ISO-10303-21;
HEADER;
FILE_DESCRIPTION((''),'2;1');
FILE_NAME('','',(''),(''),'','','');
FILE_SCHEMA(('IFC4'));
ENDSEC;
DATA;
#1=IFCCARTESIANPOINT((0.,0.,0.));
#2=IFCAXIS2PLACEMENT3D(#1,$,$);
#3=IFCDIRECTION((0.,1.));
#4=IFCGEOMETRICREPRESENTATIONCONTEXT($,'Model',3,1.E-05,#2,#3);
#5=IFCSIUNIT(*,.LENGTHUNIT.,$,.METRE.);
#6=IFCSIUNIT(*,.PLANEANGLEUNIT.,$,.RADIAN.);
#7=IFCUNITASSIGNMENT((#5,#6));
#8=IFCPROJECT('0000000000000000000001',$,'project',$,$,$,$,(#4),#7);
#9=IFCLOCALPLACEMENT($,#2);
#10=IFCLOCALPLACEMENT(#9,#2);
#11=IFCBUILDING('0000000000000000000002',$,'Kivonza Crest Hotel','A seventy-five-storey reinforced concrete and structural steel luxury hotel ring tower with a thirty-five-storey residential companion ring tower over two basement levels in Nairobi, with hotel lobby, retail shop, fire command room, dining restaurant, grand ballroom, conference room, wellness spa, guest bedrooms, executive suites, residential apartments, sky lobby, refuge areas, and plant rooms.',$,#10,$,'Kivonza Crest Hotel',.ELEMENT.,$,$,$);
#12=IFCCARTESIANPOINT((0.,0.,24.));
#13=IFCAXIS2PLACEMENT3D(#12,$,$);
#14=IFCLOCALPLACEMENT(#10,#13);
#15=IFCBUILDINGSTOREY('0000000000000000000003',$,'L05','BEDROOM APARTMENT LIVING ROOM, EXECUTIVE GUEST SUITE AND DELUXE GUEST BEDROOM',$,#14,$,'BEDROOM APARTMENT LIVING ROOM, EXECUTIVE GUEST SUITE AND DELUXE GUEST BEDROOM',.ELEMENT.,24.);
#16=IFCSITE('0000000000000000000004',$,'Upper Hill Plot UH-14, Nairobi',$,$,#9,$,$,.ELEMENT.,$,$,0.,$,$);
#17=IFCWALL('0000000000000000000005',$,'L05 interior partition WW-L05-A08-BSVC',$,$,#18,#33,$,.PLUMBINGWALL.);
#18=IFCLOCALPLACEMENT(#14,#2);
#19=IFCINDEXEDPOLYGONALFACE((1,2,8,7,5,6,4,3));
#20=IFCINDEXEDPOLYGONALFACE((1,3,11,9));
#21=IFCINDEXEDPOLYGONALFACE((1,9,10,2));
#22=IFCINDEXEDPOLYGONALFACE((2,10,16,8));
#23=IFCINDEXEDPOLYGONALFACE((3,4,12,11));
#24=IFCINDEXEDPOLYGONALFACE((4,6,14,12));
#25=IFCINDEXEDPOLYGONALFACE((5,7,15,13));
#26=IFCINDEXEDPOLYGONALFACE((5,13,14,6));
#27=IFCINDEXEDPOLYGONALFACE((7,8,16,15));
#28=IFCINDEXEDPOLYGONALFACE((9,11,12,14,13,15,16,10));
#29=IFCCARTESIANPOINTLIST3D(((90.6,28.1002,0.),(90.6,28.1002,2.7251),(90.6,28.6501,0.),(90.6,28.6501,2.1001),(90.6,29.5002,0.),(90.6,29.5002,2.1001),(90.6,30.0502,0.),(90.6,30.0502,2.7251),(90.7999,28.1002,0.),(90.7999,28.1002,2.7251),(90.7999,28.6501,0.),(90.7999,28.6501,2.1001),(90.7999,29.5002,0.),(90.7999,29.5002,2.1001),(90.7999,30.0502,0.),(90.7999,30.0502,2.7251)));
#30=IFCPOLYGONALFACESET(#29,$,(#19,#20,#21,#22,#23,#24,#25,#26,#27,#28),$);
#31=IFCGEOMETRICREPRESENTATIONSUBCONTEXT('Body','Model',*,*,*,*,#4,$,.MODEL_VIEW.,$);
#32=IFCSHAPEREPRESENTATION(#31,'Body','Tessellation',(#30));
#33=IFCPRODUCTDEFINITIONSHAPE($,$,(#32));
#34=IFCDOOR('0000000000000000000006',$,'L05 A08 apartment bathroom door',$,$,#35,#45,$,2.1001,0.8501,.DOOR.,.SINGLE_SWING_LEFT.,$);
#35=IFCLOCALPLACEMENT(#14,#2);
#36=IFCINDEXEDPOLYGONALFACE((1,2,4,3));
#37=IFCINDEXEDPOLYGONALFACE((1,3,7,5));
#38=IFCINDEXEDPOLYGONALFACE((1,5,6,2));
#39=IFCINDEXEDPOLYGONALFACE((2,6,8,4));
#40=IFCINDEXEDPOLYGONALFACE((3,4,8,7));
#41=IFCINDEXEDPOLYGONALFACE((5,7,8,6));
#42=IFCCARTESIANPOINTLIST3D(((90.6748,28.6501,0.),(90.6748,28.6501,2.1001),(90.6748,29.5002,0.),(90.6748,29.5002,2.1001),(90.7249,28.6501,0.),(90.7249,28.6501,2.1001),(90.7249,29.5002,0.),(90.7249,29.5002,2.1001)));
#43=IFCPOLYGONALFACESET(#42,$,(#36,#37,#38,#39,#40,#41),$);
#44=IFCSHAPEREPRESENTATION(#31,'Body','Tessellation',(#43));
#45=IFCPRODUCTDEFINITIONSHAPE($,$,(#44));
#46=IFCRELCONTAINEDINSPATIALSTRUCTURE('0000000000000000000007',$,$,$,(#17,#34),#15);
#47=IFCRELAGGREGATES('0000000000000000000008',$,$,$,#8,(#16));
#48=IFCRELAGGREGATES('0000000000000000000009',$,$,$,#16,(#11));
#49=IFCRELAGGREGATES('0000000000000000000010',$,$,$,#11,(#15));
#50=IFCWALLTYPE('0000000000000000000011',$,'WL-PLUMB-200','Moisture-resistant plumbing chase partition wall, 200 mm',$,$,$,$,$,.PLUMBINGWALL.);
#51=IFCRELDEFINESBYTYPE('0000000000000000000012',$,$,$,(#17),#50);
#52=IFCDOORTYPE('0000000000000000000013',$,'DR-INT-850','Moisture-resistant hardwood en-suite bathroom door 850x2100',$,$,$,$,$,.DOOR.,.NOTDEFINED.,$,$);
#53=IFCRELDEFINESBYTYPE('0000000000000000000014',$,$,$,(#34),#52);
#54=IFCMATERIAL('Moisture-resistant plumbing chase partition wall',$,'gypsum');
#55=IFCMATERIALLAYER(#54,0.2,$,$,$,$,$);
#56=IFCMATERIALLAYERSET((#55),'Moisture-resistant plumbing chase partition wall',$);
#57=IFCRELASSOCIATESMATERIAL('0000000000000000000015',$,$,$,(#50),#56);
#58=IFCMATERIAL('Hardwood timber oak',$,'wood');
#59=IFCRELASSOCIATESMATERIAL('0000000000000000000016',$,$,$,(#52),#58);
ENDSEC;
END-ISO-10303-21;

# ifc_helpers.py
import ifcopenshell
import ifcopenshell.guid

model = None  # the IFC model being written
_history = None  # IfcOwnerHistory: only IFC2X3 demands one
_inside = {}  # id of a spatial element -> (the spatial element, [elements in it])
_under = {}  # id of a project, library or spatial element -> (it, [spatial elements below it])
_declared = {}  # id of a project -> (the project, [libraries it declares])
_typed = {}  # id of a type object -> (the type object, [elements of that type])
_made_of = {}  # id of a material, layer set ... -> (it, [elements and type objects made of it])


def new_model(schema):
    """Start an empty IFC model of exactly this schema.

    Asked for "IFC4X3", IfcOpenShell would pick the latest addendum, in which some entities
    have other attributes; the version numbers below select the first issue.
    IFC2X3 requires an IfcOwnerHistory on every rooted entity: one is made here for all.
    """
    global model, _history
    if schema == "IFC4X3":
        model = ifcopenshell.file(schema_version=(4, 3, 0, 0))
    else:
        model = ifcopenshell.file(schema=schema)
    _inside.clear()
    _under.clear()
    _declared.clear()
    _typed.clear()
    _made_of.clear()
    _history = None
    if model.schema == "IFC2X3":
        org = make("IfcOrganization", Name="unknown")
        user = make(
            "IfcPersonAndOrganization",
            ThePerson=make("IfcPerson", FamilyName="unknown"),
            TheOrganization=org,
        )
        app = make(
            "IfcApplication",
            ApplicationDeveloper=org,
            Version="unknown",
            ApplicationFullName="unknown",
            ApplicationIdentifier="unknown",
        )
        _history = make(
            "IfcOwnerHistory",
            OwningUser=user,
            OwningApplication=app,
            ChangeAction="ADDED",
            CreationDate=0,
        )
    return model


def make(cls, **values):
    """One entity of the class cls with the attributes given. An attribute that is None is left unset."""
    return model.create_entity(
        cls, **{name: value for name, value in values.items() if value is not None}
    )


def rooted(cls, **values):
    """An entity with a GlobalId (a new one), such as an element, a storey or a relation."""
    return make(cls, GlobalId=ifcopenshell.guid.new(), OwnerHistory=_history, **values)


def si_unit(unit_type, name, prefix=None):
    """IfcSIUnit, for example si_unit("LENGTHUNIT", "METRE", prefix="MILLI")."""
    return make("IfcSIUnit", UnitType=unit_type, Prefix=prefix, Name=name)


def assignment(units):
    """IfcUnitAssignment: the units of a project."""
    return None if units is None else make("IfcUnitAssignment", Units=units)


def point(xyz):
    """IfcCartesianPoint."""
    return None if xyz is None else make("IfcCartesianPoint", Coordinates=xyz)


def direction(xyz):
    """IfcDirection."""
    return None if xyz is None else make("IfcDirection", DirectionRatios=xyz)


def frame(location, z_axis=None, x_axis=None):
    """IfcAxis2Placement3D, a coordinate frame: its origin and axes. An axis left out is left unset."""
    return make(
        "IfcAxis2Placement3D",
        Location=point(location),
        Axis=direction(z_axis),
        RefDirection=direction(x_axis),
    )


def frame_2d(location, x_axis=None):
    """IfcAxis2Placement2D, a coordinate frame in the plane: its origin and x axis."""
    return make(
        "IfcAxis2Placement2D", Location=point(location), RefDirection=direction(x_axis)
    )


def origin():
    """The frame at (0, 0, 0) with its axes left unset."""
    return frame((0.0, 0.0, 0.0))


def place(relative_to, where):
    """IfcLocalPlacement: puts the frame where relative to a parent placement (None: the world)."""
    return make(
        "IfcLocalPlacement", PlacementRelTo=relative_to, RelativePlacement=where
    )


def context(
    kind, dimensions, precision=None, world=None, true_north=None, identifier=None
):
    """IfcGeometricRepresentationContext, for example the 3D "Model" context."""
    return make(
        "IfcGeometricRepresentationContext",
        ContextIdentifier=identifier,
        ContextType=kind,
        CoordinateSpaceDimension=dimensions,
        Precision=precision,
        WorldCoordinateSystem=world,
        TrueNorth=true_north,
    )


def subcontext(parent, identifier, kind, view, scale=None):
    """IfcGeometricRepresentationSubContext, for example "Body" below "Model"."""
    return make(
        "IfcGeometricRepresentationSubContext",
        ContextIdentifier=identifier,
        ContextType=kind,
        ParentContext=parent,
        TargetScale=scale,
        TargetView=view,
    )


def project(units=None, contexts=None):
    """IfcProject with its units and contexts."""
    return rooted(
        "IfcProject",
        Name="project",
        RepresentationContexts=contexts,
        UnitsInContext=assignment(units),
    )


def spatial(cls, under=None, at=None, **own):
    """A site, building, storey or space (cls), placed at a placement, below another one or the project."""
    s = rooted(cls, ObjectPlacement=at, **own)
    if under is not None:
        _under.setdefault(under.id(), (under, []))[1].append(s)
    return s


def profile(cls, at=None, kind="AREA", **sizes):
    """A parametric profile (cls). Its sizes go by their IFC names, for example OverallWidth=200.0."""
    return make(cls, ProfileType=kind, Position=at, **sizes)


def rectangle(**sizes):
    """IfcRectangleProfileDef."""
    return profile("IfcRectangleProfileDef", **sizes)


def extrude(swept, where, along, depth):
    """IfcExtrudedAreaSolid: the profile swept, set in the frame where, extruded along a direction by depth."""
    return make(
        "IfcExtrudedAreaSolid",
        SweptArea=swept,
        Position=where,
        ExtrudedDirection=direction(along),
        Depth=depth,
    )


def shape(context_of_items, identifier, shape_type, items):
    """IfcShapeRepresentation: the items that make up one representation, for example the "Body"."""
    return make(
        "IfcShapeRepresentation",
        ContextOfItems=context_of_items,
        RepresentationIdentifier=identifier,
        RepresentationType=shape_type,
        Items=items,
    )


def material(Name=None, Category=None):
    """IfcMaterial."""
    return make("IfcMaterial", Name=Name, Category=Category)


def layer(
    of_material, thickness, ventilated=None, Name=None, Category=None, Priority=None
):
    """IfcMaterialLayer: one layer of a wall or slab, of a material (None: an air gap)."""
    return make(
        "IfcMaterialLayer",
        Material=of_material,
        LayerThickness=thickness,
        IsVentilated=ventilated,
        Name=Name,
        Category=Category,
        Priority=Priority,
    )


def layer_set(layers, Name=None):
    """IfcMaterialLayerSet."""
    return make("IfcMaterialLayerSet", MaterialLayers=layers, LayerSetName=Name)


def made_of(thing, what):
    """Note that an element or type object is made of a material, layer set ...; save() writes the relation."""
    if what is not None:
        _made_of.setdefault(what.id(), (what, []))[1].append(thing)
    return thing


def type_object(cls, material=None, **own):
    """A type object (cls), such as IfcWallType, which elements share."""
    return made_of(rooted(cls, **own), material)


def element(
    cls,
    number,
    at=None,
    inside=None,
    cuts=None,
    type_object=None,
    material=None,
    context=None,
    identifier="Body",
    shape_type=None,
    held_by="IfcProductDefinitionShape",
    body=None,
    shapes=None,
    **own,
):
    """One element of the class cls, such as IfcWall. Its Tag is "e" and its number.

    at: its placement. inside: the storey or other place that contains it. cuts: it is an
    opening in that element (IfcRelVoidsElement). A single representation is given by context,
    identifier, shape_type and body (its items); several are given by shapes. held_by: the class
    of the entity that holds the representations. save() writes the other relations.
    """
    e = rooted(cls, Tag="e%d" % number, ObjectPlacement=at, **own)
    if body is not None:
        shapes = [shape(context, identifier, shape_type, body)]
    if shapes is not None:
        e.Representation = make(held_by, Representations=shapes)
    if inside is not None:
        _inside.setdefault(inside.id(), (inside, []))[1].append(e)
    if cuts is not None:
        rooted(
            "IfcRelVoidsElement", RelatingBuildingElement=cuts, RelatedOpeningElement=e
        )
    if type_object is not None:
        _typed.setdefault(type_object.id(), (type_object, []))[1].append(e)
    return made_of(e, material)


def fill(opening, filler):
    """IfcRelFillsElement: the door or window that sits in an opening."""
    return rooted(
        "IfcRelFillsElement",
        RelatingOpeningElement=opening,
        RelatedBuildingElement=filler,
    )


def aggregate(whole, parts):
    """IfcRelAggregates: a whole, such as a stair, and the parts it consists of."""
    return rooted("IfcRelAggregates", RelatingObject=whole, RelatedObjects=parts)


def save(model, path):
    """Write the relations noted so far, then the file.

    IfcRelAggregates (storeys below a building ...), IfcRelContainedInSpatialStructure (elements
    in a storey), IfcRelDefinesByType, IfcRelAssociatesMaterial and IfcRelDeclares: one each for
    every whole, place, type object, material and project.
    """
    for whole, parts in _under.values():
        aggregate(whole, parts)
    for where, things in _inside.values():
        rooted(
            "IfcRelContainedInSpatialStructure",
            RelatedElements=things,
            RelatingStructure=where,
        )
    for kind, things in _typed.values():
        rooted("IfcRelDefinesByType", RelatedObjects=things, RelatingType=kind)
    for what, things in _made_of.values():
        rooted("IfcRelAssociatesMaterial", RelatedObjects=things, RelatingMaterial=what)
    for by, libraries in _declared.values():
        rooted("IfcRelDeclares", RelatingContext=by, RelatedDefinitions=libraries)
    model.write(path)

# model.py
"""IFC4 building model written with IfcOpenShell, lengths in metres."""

from ifc_helpers import new_model, si_unit, direction, frame, frame_2d, origin, place, context, subcontext, project, spatial, rectangle, extrude, material, layer, layer_set, type_object, element, fill, save


model = new_model("IFC4")

# Units and contexts
model_context = context("Model", 3, precision=1e-05, world=origin(), true_north=direction((0.0, 1.0)))
body_context = subcontext(model_context, "Body", "Model", "MODEL_VIEW")
ifc_project = project(units=[si_unit("LENGTHUNIT", "METRE"), si_unit("PLANEANGLEUNIT", "RADIAN")], contexts=[model_context])

# Site, building, storey
site_placement = place(None, origin())
site = spatial("IfcSite", under=ifc_project, at=site_placement, Name="Upper Hill Plot UH-14, Nairobi", CompositionType="ELEMENT", RefElevation=0.0)
building_placement = place(site_placement, origin())
building = spatial("IfcBuilding", under=site, at=building_placement, Name="Kivonza Crest Hotel", Description="A seventy-five-storey reinforced concrete and structural steel luxury hotel ring tower with a thirty-five-storey residential companion ring tower over two basement levels in Nairobi, with hotel lobby, retail shop, fire command room, dining restaurant, grand ballroom, conference room, wellness spa, guest bedrooms, executive suites, residential apartments, sky lobby, refuge areas, and plant rooms.", LongName="Kivonza Crest Hotel", CompositionType="ELEMENT")
storey_placement = place(building_placement, frame((0.0, 0.0, 24.0)))
storey = spatial("IfcBuildingStorey", under=building, at=storey_placement, Name="L05", Description="BEDROOM APARTMENT LIVING ROOM, EXECUTIVE GUEST SUITE AND DELUXE GUEST BEDROOM", LongName="BEDROOM APARTMENT LIVING ROOM, EXECUTIVE GUEST SUITE AND DELUXE GUEST BEDROOM", CompositionType="ELEMENT", Elevation=24.0)

# Wall, opening, door
ifc_material_1 = material(Name="Hardwood timber oak", Category="wood")
ifc_material_2 = material(Name="Moisture-resistant plumbing chase partition wall", Category="gypsum")
ifc_layer_1 = layer(ifc_material_2, 0.2)
ifc_layer_set_1 = layer_set([ifc_layer_1], Name="Moisture-resistant plumbing chase partition wall")
wall_type_1 = type_object("IfcWallType", Name="WL-PLUMB-200", Description="Moisture-resistant plumbing chase partition wall, 200 mm", PredefinedType="PLUMBINGWALL", material=ifc_layer_set_1)
wall_1_placement = place(storey_placement, frame((90.7, 28.1001, 0.0), z_axis=(0.0, 0.0, 1.0), x_axis=(0.0, 1.0, 0.0)))
wall_1 = element("IfcWall", 1, at=wall_1_placement, inside=storey, type_object=wall_type_1, Name="L05 interior partition WW-L05-A08-BSVC", PredefinedType="PLUMBINGWALL", context=body_context, shape_type="SweptSolid", body=[
    extrude(rectangle(XDim=1.95, YDim=0.2, at=frame_2d((0.9751, 0.0))), origin(), (0.0, 0.0, 1.0), 2.7251),
])
opening_1_placement = place(wall_1_placement, frame((0.55, 0.0, 0.0)))
opening_1 = element("IfcOpeningElement", 2, at=opening_1_placement, cuts=wall_1, PredefinedType="OPENING", context=body_context, shape_type="SweptSolid", body=[
    extrude(rectangle(XDim=0.8501, YDim=2.1001, at=frame_2d((0.425, 1.05))), frame((0.0, 0.1099, 0.0), z_axis=(0.0, -1.0, 0.0), x_axis=(1.0, 0.0, 0.0)), (0.0, 0.0, 1.0), 0.22),
])
door_type_1 = type_object("IfcDoorType", Name="DR-INT-850", Description="Moisture-resistant hardwood en-suite bathroom door 850x2100", OperationType="NOTDEFINED", PredefinedType="DOOR", material=ifc_material_1)
door_1_placement = place(opening_1_placement, frame((0.8501, 0.0, 0.0), z_axis=(0.0, 0.0, 1.0), x_axis=(-1.0, 0.0, 0.0)))
door_1 = element("IfcDoor", 3, at=door_1_placement, inside=storey, type_object=door_type_1, Name="L05 A08 apartment bathroom door", OperationType="SINGLE_SWING_LEFT", OverallHeight=2.1001, OverallWidth=0.8501, PredefinedType="DOOR", context=body_context, shape_type="SweptSolid", body=[
    extrude(rectangle(XDim=0.8501, YDim=2.1001, at=frame_2d((0.425, 1.05))), frame((0.0, 0.0249, 0.0), z_axis=(0.0, -1.0, 0.0), x_axis=(1.0, 0.0, 0.0)), (0.0, 0.0, 1.0), 0.05),
])
fill(opening_1, door_1)

save(model, "model.ifc")
